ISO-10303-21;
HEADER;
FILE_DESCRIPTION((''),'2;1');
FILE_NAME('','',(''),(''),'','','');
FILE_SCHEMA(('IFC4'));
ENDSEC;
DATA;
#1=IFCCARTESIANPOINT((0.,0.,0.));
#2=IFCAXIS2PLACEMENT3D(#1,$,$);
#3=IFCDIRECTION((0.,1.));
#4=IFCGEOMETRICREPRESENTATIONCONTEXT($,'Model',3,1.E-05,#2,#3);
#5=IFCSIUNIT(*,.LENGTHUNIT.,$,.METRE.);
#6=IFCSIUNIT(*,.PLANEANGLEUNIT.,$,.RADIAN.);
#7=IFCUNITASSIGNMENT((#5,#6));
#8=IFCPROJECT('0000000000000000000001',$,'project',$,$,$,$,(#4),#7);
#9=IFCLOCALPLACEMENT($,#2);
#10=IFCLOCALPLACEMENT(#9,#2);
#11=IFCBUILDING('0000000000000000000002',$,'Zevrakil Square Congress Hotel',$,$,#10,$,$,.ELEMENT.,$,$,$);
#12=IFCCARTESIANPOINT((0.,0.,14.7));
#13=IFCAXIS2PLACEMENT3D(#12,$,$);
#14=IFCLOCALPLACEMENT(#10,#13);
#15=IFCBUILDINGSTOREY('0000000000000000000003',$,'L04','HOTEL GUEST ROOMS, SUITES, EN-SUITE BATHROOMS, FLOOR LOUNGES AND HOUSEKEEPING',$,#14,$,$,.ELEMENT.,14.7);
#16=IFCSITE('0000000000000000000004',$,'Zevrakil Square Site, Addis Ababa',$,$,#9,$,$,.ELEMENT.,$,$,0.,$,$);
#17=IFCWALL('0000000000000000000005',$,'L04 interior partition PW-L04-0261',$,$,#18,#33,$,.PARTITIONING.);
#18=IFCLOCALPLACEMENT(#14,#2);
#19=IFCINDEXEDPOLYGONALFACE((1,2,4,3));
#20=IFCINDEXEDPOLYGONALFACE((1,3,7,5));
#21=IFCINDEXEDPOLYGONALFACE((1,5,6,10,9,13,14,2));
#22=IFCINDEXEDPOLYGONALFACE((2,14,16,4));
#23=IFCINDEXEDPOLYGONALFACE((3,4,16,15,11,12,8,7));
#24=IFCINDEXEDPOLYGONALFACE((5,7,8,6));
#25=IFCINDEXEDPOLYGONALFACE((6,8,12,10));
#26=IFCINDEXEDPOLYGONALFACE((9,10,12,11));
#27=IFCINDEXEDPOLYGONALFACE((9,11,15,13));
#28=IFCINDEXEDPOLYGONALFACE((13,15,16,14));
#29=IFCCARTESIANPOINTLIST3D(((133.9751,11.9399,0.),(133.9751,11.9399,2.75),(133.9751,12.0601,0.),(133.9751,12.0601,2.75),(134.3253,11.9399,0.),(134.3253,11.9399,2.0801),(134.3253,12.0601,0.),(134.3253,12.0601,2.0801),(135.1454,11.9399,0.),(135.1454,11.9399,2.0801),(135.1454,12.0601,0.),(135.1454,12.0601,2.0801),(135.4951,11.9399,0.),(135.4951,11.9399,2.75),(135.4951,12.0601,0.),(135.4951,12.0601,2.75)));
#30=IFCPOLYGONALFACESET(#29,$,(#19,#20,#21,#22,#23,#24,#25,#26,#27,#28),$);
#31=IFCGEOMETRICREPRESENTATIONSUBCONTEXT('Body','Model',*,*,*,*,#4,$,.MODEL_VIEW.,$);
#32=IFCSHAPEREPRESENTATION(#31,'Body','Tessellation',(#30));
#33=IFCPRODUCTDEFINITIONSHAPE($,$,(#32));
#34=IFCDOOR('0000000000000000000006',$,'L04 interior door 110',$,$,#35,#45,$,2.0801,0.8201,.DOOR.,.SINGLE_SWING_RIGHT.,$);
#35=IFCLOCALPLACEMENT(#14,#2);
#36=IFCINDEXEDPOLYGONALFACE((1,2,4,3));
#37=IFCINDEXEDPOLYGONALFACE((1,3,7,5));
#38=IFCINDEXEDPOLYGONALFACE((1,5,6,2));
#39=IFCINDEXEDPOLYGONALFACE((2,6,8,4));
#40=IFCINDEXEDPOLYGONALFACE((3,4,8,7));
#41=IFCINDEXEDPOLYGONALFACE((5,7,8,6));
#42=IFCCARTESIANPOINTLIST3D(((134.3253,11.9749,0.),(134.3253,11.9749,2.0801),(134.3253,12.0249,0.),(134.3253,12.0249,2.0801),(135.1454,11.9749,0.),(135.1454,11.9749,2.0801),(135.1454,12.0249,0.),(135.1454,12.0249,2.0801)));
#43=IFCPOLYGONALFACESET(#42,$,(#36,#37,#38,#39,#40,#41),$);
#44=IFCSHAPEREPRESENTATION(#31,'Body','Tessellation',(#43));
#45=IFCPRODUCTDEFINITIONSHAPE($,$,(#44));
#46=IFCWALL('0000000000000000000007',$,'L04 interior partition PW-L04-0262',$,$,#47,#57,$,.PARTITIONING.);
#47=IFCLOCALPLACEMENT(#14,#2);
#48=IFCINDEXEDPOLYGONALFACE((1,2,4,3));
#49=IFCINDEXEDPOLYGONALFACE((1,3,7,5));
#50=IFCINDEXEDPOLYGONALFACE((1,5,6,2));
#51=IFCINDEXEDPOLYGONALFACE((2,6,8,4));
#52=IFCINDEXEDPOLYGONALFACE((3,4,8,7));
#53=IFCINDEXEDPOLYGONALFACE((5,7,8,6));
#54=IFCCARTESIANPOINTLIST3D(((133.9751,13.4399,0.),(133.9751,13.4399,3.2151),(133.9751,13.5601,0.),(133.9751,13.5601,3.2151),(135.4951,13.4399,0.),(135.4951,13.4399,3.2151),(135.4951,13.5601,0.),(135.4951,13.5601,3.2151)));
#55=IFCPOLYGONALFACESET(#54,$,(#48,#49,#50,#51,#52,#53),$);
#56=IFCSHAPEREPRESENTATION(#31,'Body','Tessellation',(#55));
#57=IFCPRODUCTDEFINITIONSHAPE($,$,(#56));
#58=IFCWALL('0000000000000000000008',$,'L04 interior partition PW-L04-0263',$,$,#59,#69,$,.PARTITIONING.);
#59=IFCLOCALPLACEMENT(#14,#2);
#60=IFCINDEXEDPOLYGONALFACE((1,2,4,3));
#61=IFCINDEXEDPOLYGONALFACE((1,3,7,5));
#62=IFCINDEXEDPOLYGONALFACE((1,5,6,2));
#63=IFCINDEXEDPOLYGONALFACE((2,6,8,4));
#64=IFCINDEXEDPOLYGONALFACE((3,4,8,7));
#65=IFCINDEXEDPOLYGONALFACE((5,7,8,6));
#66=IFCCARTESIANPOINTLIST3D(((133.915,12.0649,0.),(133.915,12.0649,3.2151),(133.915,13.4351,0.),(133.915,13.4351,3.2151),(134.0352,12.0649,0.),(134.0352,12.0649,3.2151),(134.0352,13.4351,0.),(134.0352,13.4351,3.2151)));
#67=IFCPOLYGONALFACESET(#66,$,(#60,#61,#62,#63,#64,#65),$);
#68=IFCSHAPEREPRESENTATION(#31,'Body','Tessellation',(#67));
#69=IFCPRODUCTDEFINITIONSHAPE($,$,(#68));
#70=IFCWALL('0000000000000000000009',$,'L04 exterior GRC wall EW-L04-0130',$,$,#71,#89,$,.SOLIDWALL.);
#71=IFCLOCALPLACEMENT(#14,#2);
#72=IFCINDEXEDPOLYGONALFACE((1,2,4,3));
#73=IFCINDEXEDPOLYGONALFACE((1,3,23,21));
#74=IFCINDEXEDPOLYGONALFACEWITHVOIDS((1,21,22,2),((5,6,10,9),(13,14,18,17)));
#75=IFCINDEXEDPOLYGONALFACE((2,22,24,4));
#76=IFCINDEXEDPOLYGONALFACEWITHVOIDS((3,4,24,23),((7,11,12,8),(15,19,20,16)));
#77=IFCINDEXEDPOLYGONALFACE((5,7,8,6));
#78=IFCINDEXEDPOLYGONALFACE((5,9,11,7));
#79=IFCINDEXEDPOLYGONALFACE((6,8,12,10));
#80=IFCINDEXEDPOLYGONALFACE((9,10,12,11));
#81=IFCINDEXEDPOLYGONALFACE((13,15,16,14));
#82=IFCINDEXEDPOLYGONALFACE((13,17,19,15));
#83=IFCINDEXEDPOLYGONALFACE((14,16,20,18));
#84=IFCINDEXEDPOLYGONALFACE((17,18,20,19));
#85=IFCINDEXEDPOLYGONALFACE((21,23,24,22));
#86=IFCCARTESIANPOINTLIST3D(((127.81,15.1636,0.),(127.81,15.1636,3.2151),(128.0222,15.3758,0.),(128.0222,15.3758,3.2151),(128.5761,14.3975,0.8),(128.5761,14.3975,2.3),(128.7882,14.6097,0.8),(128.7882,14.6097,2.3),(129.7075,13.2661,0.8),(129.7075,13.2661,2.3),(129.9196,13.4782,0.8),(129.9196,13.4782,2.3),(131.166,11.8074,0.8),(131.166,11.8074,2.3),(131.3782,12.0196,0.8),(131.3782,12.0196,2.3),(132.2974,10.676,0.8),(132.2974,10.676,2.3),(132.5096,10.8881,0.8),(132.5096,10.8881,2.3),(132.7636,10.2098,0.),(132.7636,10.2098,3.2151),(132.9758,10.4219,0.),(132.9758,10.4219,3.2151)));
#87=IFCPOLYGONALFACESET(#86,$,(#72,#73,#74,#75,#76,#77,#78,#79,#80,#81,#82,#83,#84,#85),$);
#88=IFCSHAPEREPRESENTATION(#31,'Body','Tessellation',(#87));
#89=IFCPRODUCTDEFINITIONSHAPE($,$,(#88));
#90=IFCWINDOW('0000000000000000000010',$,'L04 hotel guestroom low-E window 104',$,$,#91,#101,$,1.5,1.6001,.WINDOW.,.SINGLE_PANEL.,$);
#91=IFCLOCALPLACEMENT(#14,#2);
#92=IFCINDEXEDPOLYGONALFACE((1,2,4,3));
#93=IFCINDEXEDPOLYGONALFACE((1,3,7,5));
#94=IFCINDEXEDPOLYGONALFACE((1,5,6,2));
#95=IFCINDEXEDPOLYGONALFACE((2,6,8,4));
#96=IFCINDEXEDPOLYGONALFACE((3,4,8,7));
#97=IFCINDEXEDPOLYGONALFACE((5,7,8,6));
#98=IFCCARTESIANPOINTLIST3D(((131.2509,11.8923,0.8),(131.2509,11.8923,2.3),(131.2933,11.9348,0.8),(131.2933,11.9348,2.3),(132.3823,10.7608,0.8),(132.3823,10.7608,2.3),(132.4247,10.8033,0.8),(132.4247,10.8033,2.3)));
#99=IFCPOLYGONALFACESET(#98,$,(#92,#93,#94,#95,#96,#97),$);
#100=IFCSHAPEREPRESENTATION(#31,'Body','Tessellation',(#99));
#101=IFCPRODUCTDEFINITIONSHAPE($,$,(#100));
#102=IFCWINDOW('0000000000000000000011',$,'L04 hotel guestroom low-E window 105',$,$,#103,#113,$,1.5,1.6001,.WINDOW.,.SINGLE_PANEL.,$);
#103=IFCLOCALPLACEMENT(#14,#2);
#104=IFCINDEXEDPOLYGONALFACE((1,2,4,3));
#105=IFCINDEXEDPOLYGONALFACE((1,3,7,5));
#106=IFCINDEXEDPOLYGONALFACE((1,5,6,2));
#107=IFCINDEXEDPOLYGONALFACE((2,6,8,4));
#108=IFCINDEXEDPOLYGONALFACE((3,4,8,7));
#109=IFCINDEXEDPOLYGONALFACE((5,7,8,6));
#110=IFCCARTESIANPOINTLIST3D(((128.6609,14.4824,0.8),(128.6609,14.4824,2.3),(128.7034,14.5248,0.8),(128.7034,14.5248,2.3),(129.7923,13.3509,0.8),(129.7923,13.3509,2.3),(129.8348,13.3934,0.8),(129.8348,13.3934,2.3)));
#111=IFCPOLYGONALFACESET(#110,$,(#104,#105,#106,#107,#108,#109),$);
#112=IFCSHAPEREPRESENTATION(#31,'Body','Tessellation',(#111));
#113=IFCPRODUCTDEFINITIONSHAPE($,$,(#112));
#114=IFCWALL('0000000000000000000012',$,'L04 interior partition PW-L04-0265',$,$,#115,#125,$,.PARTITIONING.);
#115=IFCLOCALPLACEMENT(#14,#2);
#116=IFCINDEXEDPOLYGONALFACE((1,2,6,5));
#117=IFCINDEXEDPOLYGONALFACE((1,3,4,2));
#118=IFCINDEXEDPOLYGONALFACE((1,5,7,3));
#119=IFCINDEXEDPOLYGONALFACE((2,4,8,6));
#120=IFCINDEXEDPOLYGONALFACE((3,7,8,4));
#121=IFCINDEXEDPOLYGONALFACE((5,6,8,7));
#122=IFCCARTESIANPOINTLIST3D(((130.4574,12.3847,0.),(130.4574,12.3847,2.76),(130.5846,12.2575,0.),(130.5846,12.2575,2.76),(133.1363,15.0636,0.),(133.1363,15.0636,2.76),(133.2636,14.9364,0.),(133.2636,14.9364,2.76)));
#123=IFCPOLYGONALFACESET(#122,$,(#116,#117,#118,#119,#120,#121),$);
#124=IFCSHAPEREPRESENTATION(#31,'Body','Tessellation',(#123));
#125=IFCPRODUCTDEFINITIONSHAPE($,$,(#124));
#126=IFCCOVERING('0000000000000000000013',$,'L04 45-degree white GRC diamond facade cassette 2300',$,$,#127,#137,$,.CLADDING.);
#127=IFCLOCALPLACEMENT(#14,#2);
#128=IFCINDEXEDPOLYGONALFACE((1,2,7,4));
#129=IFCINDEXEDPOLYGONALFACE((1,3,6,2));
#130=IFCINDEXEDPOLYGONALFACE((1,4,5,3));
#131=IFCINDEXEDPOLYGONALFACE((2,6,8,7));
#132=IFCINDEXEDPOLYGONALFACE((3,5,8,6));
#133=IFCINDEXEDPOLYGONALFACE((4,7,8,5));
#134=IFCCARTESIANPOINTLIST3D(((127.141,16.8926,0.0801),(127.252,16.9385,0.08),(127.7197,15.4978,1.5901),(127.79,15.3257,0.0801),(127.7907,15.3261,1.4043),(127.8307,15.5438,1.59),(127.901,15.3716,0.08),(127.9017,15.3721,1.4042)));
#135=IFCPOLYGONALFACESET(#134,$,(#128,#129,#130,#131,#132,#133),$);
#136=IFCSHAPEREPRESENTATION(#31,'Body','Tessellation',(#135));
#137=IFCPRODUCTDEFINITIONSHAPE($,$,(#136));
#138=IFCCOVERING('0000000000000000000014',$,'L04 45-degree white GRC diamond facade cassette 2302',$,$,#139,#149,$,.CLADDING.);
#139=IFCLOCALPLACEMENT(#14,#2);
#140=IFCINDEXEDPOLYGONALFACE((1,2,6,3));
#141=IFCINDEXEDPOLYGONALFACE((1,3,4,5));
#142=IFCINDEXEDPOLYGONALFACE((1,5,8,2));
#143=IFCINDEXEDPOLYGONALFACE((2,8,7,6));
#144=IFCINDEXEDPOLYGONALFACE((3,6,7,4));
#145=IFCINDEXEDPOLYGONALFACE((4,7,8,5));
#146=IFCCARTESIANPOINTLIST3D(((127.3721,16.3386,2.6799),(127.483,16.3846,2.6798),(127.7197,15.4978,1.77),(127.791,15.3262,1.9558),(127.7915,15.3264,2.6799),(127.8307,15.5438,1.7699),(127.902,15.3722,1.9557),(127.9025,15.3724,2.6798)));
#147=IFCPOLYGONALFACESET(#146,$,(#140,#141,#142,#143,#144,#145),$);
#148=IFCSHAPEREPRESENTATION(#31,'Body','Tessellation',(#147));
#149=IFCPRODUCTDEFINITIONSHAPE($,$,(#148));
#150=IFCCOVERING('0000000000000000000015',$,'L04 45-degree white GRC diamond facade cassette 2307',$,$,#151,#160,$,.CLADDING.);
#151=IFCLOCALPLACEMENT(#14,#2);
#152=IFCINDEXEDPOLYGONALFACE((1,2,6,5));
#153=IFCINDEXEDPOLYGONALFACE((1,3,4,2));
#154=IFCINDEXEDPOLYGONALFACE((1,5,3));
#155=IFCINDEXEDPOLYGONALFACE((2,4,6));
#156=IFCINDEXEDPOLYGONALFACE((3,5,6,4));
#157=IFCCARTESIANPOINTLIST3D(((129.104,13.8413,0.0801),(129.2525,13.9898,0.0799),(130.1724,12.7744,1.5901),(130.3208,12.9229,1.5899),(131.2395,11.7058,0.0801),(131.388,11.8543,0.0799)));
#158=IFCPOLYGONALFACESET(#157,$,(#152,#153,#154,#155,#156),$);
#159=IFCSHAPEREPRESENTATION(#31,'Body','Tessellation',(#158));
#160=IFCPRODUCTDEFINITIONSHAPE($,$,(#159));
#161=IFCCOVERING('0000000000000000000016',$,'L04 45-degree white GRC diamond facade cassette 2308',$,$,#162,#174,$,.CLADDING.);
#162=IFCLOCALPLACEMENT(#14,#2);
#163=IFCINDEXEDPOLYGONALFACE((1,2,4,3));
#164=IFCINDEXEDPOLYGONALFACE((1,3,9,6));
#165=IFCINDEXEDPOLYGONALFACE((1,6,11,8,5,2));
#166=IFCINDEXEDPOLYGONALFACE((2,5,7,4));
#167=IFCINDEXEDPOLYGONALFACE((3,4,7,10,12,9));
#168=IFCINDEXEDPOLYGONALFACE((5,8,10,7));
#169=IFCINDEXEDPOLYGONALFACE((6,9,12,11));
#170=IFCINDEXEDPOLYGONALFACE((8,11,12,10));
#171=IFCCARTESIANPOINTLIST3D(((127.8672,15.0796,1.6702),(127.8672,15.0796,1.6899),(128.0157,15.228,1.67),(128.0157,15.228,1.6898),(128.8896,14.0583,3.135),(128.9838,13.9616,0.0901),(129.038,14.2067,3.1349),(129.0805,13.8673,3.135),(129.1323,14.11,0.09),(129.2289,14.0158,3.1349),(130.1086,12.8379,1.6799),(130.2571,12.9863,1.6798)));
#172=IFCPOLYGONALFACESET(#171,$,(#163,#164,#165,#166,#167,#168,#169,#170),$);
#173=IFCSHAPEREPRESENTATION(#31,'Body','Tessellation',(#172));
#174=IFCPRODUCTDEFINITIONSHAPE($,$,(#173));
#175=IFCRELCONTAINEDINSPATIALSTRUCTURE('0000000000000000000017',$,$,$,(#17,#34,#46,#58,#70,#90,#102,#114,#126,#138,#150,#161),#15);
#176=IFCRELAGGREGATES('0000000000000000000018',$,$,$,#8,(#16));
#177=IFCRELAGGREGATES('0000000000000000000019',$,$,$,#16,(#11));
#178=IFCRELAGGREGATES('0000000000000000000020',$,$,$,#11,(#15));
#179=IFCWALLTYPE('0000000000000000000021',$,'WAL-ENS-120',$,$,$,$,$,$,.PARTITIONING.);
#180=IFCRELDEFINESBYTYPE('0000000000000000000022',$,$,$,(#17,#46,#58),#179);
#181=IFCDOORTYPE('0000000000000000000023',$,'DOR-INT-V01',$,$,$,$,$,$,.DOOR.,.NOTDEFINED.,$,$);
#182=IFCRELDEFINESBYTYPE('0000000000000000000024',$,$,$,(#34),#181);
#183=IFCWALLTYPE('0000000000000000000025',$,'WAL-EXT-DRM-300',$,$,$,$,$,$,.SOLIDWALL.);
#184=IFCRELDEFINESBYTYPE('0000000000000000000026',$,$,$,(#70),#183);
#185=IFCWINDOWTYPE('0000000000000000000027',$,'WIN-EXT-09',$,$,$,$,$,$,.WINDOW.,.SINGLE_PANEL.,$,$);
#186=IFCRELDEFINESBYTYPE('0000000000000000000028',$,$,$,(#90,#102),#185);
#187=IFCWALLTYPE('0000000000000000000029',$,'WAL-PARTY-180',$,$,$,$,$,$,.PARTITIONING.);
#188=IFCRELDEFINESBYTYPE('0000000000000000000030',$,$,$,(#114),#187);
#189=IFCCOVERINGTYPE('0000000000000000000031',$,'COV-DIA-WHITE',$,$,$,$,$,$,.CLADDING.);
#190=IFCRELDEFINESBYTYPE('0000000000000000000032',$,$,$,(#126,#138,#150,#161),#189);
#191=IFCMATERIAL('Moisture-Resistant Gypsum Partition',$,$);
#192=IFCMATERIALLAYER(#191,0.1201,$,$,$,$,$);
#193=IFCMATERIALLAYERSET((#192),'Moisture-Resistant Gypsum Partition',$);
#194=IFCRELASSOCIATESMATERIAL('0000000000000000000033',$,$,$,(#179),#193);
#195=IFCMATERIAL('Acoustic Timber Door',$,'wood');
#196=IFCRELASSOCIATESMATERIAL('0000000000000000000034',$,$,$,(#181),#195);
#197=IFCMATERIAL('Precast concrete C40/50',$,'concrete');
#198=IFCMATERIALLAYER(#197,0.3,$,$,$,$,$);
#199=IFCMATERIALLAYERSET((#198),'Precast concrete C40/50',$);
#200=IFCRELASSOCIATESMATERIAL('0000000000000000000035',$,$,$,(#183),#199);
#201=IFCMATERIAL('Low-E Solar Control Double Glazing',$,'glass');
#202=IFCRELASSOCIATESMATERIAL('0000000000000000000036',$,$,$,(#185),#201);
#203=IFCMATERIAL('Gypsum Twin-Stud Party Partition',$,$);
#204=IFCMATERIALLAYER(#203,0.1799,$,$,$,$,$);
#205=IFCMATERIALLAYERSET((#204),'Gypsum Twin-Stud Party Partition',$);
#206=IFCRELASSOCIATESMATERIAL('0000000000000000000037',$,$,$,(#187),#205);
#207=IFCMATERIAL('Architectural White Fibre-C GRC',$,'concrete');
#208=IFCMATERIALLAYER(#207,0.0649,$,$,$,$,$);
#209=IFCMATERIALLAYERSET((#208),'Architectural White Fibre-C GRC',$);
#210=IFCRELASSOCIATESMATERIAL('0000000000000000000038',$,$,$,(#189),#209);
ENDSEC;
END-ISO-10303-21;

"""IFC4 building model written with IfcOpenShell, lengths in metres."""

from ifc_helpers import new_model, si_unit, direction, frame, frame_2d, origin, place, context, subcontext, project, spatial, polyline, rectangle, outline, extrude, material, layer, layer_set, type_object, element, fill, save


model = new_model("IFC4")

# Units and contexts
model_context = context("Model", 3, precision=1e-05, world=origin(), true_north=direction((0.0, 1.0)))
body_context = subcontext(model_context, "Body", "Model", "MODEL_VIEW")
ifc_project = project(units=[si_unit("LENGTHUNIT", "METRE"), si_unit("PLANEANGLEUNIT", "RADIAN")], contexts=[model_context])

# Site, building, storey
site_placement = place(None, origin())
site = spatial("IfcSite", under=ifc_project, at=site_placement, Name="Zevrakil Square Site, Addis Ababa", CompositionType="ELEMENT", RefElevation=0.0)
building_placement = place(site_placement, origin())
building = spatial("IfcBuilding", under=site, at=building_placement, Name="Zevrakil Square Congress Hotel", CompositionType="ELEMENT")
storey_placement = place(building_placement, frame((0.0, 0.0, 14.7)))
storey = spatial("IfcBuildingStorey", under=building, at=storey_placement, Name="L04", Description="HOTEL GUEST ROOMS, SUITES, EN-SUITE BATHROOMS, FLOOR LOUNGES AND HOUSEKEEPING", CompositionType="ELEMENT", Elevation=14.7)

# Wall, opening, door
ifc_material_1 = material(Name="Moisture-Resistant Gypsum Partition")
ifc_layer_1 = layer(ifc_material_1, 0.1201)
ifc_layer_set_1 = layer_set([ifc_layer_1], Name="Moisture-Resistant Gypsum Partition")
wall_type_1 = type_object("IfcWallType", Name="WAL-ENS-120", PredefinedType="PARTITIONING", material=ifc_layer_set_1)
wall_1_placement = place(storey_placement, frame((133.9751, 12.0, 0.0), z_axis=(0.0, 0.0, 1.0), x_axis=(1.0, 0.0, 0.0)))
wall_1 = element("IfcWall", 1, at=wall_1_placement, inside=storey, type_object=wall_type_1, Name="L04 interior partition PW-L04-0261", PredefinedType="PARTITIONING", context=body_context, shape_type="SweptSolid", body=[
    extrude(rectangle(XDim=1.52, YDim=0.1201, at=frame_2d((0.76, 0.0))), origin(), (0.0, 0.0, 1.0), 2.75),
])
opening_1_placement = place(wall_1_placement, frame((0.3501, 0.0, 0.0)))
opening_1 = element("IfcOpeningElement", 2, at=opening_1_placement, cuts=wall_1, PredefinedType="OPENING", context=body_context, shape_type="SweptSolid", body=[
    extrude(rectangle(XDim=0.8201, YDim=2.0801, at=frame_2d((0.4102, 1.04))), frame((0.0, 0.0701, 0.0), z_axis=(0.0, -1.0, 0.0), x_axis=(1.0, 0.0, 0.0)), (0.0, 0.0, 1.0), 0.1401),
])
ifc_material_2 = material(Name="Acoustic Timber Door", Category="wood")
door_type_1 = type_object("IfcDoorType", Name="DOR-INT-V01", OperationType="NOTDEFINED", PredefinedType="DOOR", material=ifc_material_2)
door_1_placement = place(opening_1_placement, origin())
door_1 = element("IfcDoor", 3, at=door_1_placement, inside=storey, type_object=door_type_1, Name="L04 interior door 110", OperationType="SINGLE_SWING_RIGHT", OverallHeight=2.0801, OverallWidth=0.8201, PredefinedType="DOOR", context=body_context, shape_type="SweptSolid", body=[
    extrude(rectangle(XDim=0.8201, YDim=2.0801, at=frame_2d((0.4102, 1.04))), frame((0.0, 0.0249, 0.0), z_axis=(0.0, -1.0, 0.0), x_axis=(1.0, 0.0, 0.0)), (0.0, 0.0, 1.0), 0.05),
])
fill(opening_1, door_1)

# Walls
wall_2_placement = place(storey_placement, frame((133.9751, 13.5, 0.0), z_axis=(0.0, 0.0, 1.0), x_axis=(1.0, 0.0, 0.0)))
element("IfcWall", 4, at=wall_2_placement, inside=storey, type_object=wall_type_1, Name="L04 interior partition PW-L04-0262", PredefinedType="PARTITIONING", context=body_context, shape_type="SweptSolid", body=[
    extrude(rectangle(XDim=1.52, YDim=0.1201, at=frame_2d((0.76, 0.0))), origin(), (0.0, 0.0, 1.0), 3.2151),
])
wall_3_placement = place(storey_placement, frame((133.9751, 12.0649, 0.0), z_axis=(0.0, 0.0, 1.0), x_axis=(0.0, 1.0, 0.0)))
element("IfcWall", 5, at=wall_3_placement, inside=storey, type_object=wall_type_1, Name="L04 interior partition PW-L04-0263", PredefinedType="PARTITIONING", context=body_context, shape_type="SweptSolid", body=[
    extrude(rectangle(XDim=1.3701, YDim=0.1201, at=frame_2d((0.6851, 0.0))), origin(), (0.0, 0.0, 1.0), 3.2151),
])

# Wall, openings, windows
ifc_material_3 = material(Name="Precast concrete C40/50", Category="concrete")
ifc_layer_2 = layer(ifc_material_3, 0.3)
ifc_layer_set_2 = layer_set([ifc_layer_2], Name="Precast concrete C40/50")
wall_type_2 = type_object("IfcWallType", Name="WAL-EXT-DRM-300", PredefinedType="SOLIDWALL", material=ifc_layer_set_2)
wall_4_placement = place(storey_placement, frame((127.916, 15.2698, 0.0), z_axis=(0.0, 0.0, 1.0), x_axis=(0.707089, -0.707124, 0.0)))
wall_4 = element("IfcWall", 6, at=wall_4_placement, inside=storey, type_object=wall_type_2, Name="L04 exterior GRC wall EW-L04-0130", PredefinedType="SOLIDWALL", context=body_context, shape_type="SweptSolid", body=[
    extrude(rectangle(XDim=7.0056, YDim=0.3, at=frame_2d((3.5029, 0.0))), origin(), (0.0, 0.0, 1.0), 3.2151),
])
opening_2_placement = place(wall_4_placement, frame((4.7463, 0.0, 0.8)))
opening_2 = element("IfcOpeningElement", 7, at=opening_2_placement, cuts=wall_4, PredefinedType="OPENING", context=body_context, shape_type="SweptSolid", body=[
    extrude(rectangle(XDim=1.6001, YDim=1.5, at=frame_2d((0.8, 0.75))), frame((0.0, 0.1602, 0.0), z_axis=(0.0, -1.0, 0.0), x_axis=(1.0, 0.0, 0.0)), (0.0, 0.0, 1.0), 0.3201),
])
opening_3_placement = place(wall_4_placement, frame((1.0835, 0.0, 0.8)))
opening_3 = element("IfcOpeningElement", 8, at=opening_3_placement, cuts=wall_4, PredefinedType="OPENING", context=body_context, shape_type="SweptSolid", body=[
    extrude(rectangle(XDim=1.6001, YDim=1.5, at=frame_2d((0.8, 0.75))), frame((0.0, 0.1602, 0.0), z_axis=(0.0, -1.0, 0.0), x_axis=(1.0, 0.0, 0.0)), (0.0, 0.0, 1.0), 0.3201),
])
ifc_material_4 = material(Name="Low-E Solar Control Double Glazing", Category="glass")
window_type = type_object("IfcWindowType", Name="WIN-EXT-09", PartitioningType="SINGLE_PANEL", PredefinedType="WINDOW", material=ifc_material_4)
window_1_placement = place(opening_2_placement, origin())
window_1 = element("IfcWindow", 9, at=window_1_placement, inside=storey, type_object=window_type, Name="L04 hotel guestroom low-E window 104", OverallHeight=1.5, OverallWidth=1.6001, PartitioningType="SINGLE_PANEL", PredefinedType="WINDOW", context=body_context, shape_type="SweptSolid", body=[
    extrude(rectangle(XDim=1.6001, YDim=1.5, at=frame_2d((0.8, 0.75))), frame((0.0, 0.03, 0.0), z_axis=(0.0, -1.0, 0.0), x_axis=(1.0, 0.0, 0.0)), (0.0, 0.0, 1.0), 0.0601),
])
fill(opening_2, window_1)
window_2_placement = place(opening_3_placement, origin())
window_2 = element("IfcWindow", 10, at=window_2_placement, inside=storey, type_object=window_type, Name="L04 hotel guestroom low-E window 105", OverallHeight=1.5, OverallWidth=1.6001, PartitioningType="SINGLE_PANEL", PredefinedType="WINDOW", context=body_context, shape_type="SweptSolid", body=[
    extrude(rectangle(XDim=1.6001, YDim=1.5, at=frame_2d((0.8, 0.75))), frame((0.0, 0.03, 0.0), z_axis=(0.0, -1.0, 0.0), x_axis=(1.0, 0.0, 0.0)), (0.0, 0.0, 1.0), 0.0601),
])
fill(opening_3, window_2)

# Wall
ifc_material_5 = material(Name="Gypsum Twin-Stud Party Partition")
ifc_layer_3 = layer(ifc_material_5, 0.1799)
ifc_layer_set_3 = layer_set([ifc_layer_3], Name="Gypsum Twin-Stud Party Partition")
wall_type_3 = type_object("IfcWallType", Name="WAL-PARTY-180", PredefinedType="PARTITIONING", material=ifc_layer_set_3)
wall_5_placement = place(storey_placement, frame((133.2, 15.0, 0.0), z_axis=(0.0, 0.0, 1.0), x_axis=(-0.707107, -0.707107, 0.0)))
element("IfcWall", 11, at=wall_5_placement, inside=storey, type_object=wall_type_3, Name="L04 interior partition PW-L04-0265", PredefinedType="PARTITIONING", context=body_context, shape_type="SweptSolid", body=[
    extrude(rectangle(XDim=3.7886, YDim=0.1799, at=frame_2d((1.8943, 0.0))), origin(), (0.0, 0.0, 1.0), 2.76),
])

# Coverings
ifc_material_6 = material(Name="Architectural White Fibre-C GRC", Category="concrete")
ifc_layer_4 = layer(ifc_material_6, 0.0649)
ifc_layer_set_4 = layer_set([ifc_layer_4], Name="Architectural White Fibre-C GRC")
covering_type_1 = type_object("IfcCoveringType", Name="COV-DIA-WHITE", PredefinedType="CLADDING", material=ifc_layer_set_4)
covering_1_placement = place(storey_placement, frame((127.7197, 15.4978, 1.5901), z_axis=(-0.923885, -0.38267, 0.000599), x_axis=(0.27017, -0.653382, -0.707177)))
element("IfcCovering", 12, at=covering_1_placement, inside=storey, type_object=covering_type_1, Name="L04 45-degree white GRC diamond facade cassette 2300", PredefinedType="CLADDING", context=body_context, shape_type="SweptSolid", body=[
    extrude(outline(polyline([(0.0, 0.0), (0.2627, 0.0), (1.1993, -0.9362), (0.0002, -2.1355), (0.0, 0.0)])), origin(), (0.0, 0.0, -1.0), 0.1201),
])
covering_2_placement = place(storey_placement, frame((127.7197, 15.4978, 1.77), z_axis=(-0.923822, -0.382821, 0.000768), x_axis=(-0.270185, 0.65343, 0.707127)))
element("IfcCovering", 13, at=covering_2_placement, inside=storey, type_object=covering_type_1, Name="L04 45-degree white GRC diamond facade cassette 2302", PredefinedType="CLADDING", context=body_context, shape_type="SweptSolid", body=[
    extrude(outline(polyline([(0.0, 0.0), (1.2868, 0.0), (0.512, -0.7748), (0.0, -0.2628), (0.0, 0.0)])), origin(), (0.0, 0.0, -1.0), 0.1201),
])
covering_3_placement = place(storey_placement, frame((130.1724, 12.7744, 1.5901), z_axis=(-0.707107, -0.707107, 0.000686), x_axis=(0.499688, -0.500374, -0.707063)))
element("IfcCovering", 14, at=covering_3_placement, inside=storey, type_object=covering_type_1, Name="L04 45-degree white GRC diamond facade cassette 2307", PredefinedType="CLADDING", context=body_context, shape_type="SweptSolid", body=[
    extrude(outline(polyline([(0.0, 0.0), (2.1356, 0.0), (0.0, -2.1354), (0.0, 0.0)])), origin(), (0.0, 0.0, -1.0), 0.21),
])
covering_4_placement = place(storey_placement, frame((130.1086, 12.8379, 1.6799), z_axis=(-0.707144, -0.70707, 0.000569), x_axis=(-0.500276, 0.499759, -0.707082)))
element("IfcCovering", 15, at=covering_4_placement, inside=storey, type_object=covering_type_1, Name="L04 45-degree white GRC diamond facade cassette 2308", PredefinedType="CLADDING", context=body_context, shape_type="SweptSolid", body=[
    extrude(outline(polyline([(0.0, 0.0), (2.2485, 0.0), (2.2486, -2.2346), (2.2346, -2.2486), (0.1909, -2.2486), (0.0, -2.0577), (0.0, 0.0)])), origin(), (0.0, 0.0, -1.0), 0.21),
])

save(model, "model.ifc")
